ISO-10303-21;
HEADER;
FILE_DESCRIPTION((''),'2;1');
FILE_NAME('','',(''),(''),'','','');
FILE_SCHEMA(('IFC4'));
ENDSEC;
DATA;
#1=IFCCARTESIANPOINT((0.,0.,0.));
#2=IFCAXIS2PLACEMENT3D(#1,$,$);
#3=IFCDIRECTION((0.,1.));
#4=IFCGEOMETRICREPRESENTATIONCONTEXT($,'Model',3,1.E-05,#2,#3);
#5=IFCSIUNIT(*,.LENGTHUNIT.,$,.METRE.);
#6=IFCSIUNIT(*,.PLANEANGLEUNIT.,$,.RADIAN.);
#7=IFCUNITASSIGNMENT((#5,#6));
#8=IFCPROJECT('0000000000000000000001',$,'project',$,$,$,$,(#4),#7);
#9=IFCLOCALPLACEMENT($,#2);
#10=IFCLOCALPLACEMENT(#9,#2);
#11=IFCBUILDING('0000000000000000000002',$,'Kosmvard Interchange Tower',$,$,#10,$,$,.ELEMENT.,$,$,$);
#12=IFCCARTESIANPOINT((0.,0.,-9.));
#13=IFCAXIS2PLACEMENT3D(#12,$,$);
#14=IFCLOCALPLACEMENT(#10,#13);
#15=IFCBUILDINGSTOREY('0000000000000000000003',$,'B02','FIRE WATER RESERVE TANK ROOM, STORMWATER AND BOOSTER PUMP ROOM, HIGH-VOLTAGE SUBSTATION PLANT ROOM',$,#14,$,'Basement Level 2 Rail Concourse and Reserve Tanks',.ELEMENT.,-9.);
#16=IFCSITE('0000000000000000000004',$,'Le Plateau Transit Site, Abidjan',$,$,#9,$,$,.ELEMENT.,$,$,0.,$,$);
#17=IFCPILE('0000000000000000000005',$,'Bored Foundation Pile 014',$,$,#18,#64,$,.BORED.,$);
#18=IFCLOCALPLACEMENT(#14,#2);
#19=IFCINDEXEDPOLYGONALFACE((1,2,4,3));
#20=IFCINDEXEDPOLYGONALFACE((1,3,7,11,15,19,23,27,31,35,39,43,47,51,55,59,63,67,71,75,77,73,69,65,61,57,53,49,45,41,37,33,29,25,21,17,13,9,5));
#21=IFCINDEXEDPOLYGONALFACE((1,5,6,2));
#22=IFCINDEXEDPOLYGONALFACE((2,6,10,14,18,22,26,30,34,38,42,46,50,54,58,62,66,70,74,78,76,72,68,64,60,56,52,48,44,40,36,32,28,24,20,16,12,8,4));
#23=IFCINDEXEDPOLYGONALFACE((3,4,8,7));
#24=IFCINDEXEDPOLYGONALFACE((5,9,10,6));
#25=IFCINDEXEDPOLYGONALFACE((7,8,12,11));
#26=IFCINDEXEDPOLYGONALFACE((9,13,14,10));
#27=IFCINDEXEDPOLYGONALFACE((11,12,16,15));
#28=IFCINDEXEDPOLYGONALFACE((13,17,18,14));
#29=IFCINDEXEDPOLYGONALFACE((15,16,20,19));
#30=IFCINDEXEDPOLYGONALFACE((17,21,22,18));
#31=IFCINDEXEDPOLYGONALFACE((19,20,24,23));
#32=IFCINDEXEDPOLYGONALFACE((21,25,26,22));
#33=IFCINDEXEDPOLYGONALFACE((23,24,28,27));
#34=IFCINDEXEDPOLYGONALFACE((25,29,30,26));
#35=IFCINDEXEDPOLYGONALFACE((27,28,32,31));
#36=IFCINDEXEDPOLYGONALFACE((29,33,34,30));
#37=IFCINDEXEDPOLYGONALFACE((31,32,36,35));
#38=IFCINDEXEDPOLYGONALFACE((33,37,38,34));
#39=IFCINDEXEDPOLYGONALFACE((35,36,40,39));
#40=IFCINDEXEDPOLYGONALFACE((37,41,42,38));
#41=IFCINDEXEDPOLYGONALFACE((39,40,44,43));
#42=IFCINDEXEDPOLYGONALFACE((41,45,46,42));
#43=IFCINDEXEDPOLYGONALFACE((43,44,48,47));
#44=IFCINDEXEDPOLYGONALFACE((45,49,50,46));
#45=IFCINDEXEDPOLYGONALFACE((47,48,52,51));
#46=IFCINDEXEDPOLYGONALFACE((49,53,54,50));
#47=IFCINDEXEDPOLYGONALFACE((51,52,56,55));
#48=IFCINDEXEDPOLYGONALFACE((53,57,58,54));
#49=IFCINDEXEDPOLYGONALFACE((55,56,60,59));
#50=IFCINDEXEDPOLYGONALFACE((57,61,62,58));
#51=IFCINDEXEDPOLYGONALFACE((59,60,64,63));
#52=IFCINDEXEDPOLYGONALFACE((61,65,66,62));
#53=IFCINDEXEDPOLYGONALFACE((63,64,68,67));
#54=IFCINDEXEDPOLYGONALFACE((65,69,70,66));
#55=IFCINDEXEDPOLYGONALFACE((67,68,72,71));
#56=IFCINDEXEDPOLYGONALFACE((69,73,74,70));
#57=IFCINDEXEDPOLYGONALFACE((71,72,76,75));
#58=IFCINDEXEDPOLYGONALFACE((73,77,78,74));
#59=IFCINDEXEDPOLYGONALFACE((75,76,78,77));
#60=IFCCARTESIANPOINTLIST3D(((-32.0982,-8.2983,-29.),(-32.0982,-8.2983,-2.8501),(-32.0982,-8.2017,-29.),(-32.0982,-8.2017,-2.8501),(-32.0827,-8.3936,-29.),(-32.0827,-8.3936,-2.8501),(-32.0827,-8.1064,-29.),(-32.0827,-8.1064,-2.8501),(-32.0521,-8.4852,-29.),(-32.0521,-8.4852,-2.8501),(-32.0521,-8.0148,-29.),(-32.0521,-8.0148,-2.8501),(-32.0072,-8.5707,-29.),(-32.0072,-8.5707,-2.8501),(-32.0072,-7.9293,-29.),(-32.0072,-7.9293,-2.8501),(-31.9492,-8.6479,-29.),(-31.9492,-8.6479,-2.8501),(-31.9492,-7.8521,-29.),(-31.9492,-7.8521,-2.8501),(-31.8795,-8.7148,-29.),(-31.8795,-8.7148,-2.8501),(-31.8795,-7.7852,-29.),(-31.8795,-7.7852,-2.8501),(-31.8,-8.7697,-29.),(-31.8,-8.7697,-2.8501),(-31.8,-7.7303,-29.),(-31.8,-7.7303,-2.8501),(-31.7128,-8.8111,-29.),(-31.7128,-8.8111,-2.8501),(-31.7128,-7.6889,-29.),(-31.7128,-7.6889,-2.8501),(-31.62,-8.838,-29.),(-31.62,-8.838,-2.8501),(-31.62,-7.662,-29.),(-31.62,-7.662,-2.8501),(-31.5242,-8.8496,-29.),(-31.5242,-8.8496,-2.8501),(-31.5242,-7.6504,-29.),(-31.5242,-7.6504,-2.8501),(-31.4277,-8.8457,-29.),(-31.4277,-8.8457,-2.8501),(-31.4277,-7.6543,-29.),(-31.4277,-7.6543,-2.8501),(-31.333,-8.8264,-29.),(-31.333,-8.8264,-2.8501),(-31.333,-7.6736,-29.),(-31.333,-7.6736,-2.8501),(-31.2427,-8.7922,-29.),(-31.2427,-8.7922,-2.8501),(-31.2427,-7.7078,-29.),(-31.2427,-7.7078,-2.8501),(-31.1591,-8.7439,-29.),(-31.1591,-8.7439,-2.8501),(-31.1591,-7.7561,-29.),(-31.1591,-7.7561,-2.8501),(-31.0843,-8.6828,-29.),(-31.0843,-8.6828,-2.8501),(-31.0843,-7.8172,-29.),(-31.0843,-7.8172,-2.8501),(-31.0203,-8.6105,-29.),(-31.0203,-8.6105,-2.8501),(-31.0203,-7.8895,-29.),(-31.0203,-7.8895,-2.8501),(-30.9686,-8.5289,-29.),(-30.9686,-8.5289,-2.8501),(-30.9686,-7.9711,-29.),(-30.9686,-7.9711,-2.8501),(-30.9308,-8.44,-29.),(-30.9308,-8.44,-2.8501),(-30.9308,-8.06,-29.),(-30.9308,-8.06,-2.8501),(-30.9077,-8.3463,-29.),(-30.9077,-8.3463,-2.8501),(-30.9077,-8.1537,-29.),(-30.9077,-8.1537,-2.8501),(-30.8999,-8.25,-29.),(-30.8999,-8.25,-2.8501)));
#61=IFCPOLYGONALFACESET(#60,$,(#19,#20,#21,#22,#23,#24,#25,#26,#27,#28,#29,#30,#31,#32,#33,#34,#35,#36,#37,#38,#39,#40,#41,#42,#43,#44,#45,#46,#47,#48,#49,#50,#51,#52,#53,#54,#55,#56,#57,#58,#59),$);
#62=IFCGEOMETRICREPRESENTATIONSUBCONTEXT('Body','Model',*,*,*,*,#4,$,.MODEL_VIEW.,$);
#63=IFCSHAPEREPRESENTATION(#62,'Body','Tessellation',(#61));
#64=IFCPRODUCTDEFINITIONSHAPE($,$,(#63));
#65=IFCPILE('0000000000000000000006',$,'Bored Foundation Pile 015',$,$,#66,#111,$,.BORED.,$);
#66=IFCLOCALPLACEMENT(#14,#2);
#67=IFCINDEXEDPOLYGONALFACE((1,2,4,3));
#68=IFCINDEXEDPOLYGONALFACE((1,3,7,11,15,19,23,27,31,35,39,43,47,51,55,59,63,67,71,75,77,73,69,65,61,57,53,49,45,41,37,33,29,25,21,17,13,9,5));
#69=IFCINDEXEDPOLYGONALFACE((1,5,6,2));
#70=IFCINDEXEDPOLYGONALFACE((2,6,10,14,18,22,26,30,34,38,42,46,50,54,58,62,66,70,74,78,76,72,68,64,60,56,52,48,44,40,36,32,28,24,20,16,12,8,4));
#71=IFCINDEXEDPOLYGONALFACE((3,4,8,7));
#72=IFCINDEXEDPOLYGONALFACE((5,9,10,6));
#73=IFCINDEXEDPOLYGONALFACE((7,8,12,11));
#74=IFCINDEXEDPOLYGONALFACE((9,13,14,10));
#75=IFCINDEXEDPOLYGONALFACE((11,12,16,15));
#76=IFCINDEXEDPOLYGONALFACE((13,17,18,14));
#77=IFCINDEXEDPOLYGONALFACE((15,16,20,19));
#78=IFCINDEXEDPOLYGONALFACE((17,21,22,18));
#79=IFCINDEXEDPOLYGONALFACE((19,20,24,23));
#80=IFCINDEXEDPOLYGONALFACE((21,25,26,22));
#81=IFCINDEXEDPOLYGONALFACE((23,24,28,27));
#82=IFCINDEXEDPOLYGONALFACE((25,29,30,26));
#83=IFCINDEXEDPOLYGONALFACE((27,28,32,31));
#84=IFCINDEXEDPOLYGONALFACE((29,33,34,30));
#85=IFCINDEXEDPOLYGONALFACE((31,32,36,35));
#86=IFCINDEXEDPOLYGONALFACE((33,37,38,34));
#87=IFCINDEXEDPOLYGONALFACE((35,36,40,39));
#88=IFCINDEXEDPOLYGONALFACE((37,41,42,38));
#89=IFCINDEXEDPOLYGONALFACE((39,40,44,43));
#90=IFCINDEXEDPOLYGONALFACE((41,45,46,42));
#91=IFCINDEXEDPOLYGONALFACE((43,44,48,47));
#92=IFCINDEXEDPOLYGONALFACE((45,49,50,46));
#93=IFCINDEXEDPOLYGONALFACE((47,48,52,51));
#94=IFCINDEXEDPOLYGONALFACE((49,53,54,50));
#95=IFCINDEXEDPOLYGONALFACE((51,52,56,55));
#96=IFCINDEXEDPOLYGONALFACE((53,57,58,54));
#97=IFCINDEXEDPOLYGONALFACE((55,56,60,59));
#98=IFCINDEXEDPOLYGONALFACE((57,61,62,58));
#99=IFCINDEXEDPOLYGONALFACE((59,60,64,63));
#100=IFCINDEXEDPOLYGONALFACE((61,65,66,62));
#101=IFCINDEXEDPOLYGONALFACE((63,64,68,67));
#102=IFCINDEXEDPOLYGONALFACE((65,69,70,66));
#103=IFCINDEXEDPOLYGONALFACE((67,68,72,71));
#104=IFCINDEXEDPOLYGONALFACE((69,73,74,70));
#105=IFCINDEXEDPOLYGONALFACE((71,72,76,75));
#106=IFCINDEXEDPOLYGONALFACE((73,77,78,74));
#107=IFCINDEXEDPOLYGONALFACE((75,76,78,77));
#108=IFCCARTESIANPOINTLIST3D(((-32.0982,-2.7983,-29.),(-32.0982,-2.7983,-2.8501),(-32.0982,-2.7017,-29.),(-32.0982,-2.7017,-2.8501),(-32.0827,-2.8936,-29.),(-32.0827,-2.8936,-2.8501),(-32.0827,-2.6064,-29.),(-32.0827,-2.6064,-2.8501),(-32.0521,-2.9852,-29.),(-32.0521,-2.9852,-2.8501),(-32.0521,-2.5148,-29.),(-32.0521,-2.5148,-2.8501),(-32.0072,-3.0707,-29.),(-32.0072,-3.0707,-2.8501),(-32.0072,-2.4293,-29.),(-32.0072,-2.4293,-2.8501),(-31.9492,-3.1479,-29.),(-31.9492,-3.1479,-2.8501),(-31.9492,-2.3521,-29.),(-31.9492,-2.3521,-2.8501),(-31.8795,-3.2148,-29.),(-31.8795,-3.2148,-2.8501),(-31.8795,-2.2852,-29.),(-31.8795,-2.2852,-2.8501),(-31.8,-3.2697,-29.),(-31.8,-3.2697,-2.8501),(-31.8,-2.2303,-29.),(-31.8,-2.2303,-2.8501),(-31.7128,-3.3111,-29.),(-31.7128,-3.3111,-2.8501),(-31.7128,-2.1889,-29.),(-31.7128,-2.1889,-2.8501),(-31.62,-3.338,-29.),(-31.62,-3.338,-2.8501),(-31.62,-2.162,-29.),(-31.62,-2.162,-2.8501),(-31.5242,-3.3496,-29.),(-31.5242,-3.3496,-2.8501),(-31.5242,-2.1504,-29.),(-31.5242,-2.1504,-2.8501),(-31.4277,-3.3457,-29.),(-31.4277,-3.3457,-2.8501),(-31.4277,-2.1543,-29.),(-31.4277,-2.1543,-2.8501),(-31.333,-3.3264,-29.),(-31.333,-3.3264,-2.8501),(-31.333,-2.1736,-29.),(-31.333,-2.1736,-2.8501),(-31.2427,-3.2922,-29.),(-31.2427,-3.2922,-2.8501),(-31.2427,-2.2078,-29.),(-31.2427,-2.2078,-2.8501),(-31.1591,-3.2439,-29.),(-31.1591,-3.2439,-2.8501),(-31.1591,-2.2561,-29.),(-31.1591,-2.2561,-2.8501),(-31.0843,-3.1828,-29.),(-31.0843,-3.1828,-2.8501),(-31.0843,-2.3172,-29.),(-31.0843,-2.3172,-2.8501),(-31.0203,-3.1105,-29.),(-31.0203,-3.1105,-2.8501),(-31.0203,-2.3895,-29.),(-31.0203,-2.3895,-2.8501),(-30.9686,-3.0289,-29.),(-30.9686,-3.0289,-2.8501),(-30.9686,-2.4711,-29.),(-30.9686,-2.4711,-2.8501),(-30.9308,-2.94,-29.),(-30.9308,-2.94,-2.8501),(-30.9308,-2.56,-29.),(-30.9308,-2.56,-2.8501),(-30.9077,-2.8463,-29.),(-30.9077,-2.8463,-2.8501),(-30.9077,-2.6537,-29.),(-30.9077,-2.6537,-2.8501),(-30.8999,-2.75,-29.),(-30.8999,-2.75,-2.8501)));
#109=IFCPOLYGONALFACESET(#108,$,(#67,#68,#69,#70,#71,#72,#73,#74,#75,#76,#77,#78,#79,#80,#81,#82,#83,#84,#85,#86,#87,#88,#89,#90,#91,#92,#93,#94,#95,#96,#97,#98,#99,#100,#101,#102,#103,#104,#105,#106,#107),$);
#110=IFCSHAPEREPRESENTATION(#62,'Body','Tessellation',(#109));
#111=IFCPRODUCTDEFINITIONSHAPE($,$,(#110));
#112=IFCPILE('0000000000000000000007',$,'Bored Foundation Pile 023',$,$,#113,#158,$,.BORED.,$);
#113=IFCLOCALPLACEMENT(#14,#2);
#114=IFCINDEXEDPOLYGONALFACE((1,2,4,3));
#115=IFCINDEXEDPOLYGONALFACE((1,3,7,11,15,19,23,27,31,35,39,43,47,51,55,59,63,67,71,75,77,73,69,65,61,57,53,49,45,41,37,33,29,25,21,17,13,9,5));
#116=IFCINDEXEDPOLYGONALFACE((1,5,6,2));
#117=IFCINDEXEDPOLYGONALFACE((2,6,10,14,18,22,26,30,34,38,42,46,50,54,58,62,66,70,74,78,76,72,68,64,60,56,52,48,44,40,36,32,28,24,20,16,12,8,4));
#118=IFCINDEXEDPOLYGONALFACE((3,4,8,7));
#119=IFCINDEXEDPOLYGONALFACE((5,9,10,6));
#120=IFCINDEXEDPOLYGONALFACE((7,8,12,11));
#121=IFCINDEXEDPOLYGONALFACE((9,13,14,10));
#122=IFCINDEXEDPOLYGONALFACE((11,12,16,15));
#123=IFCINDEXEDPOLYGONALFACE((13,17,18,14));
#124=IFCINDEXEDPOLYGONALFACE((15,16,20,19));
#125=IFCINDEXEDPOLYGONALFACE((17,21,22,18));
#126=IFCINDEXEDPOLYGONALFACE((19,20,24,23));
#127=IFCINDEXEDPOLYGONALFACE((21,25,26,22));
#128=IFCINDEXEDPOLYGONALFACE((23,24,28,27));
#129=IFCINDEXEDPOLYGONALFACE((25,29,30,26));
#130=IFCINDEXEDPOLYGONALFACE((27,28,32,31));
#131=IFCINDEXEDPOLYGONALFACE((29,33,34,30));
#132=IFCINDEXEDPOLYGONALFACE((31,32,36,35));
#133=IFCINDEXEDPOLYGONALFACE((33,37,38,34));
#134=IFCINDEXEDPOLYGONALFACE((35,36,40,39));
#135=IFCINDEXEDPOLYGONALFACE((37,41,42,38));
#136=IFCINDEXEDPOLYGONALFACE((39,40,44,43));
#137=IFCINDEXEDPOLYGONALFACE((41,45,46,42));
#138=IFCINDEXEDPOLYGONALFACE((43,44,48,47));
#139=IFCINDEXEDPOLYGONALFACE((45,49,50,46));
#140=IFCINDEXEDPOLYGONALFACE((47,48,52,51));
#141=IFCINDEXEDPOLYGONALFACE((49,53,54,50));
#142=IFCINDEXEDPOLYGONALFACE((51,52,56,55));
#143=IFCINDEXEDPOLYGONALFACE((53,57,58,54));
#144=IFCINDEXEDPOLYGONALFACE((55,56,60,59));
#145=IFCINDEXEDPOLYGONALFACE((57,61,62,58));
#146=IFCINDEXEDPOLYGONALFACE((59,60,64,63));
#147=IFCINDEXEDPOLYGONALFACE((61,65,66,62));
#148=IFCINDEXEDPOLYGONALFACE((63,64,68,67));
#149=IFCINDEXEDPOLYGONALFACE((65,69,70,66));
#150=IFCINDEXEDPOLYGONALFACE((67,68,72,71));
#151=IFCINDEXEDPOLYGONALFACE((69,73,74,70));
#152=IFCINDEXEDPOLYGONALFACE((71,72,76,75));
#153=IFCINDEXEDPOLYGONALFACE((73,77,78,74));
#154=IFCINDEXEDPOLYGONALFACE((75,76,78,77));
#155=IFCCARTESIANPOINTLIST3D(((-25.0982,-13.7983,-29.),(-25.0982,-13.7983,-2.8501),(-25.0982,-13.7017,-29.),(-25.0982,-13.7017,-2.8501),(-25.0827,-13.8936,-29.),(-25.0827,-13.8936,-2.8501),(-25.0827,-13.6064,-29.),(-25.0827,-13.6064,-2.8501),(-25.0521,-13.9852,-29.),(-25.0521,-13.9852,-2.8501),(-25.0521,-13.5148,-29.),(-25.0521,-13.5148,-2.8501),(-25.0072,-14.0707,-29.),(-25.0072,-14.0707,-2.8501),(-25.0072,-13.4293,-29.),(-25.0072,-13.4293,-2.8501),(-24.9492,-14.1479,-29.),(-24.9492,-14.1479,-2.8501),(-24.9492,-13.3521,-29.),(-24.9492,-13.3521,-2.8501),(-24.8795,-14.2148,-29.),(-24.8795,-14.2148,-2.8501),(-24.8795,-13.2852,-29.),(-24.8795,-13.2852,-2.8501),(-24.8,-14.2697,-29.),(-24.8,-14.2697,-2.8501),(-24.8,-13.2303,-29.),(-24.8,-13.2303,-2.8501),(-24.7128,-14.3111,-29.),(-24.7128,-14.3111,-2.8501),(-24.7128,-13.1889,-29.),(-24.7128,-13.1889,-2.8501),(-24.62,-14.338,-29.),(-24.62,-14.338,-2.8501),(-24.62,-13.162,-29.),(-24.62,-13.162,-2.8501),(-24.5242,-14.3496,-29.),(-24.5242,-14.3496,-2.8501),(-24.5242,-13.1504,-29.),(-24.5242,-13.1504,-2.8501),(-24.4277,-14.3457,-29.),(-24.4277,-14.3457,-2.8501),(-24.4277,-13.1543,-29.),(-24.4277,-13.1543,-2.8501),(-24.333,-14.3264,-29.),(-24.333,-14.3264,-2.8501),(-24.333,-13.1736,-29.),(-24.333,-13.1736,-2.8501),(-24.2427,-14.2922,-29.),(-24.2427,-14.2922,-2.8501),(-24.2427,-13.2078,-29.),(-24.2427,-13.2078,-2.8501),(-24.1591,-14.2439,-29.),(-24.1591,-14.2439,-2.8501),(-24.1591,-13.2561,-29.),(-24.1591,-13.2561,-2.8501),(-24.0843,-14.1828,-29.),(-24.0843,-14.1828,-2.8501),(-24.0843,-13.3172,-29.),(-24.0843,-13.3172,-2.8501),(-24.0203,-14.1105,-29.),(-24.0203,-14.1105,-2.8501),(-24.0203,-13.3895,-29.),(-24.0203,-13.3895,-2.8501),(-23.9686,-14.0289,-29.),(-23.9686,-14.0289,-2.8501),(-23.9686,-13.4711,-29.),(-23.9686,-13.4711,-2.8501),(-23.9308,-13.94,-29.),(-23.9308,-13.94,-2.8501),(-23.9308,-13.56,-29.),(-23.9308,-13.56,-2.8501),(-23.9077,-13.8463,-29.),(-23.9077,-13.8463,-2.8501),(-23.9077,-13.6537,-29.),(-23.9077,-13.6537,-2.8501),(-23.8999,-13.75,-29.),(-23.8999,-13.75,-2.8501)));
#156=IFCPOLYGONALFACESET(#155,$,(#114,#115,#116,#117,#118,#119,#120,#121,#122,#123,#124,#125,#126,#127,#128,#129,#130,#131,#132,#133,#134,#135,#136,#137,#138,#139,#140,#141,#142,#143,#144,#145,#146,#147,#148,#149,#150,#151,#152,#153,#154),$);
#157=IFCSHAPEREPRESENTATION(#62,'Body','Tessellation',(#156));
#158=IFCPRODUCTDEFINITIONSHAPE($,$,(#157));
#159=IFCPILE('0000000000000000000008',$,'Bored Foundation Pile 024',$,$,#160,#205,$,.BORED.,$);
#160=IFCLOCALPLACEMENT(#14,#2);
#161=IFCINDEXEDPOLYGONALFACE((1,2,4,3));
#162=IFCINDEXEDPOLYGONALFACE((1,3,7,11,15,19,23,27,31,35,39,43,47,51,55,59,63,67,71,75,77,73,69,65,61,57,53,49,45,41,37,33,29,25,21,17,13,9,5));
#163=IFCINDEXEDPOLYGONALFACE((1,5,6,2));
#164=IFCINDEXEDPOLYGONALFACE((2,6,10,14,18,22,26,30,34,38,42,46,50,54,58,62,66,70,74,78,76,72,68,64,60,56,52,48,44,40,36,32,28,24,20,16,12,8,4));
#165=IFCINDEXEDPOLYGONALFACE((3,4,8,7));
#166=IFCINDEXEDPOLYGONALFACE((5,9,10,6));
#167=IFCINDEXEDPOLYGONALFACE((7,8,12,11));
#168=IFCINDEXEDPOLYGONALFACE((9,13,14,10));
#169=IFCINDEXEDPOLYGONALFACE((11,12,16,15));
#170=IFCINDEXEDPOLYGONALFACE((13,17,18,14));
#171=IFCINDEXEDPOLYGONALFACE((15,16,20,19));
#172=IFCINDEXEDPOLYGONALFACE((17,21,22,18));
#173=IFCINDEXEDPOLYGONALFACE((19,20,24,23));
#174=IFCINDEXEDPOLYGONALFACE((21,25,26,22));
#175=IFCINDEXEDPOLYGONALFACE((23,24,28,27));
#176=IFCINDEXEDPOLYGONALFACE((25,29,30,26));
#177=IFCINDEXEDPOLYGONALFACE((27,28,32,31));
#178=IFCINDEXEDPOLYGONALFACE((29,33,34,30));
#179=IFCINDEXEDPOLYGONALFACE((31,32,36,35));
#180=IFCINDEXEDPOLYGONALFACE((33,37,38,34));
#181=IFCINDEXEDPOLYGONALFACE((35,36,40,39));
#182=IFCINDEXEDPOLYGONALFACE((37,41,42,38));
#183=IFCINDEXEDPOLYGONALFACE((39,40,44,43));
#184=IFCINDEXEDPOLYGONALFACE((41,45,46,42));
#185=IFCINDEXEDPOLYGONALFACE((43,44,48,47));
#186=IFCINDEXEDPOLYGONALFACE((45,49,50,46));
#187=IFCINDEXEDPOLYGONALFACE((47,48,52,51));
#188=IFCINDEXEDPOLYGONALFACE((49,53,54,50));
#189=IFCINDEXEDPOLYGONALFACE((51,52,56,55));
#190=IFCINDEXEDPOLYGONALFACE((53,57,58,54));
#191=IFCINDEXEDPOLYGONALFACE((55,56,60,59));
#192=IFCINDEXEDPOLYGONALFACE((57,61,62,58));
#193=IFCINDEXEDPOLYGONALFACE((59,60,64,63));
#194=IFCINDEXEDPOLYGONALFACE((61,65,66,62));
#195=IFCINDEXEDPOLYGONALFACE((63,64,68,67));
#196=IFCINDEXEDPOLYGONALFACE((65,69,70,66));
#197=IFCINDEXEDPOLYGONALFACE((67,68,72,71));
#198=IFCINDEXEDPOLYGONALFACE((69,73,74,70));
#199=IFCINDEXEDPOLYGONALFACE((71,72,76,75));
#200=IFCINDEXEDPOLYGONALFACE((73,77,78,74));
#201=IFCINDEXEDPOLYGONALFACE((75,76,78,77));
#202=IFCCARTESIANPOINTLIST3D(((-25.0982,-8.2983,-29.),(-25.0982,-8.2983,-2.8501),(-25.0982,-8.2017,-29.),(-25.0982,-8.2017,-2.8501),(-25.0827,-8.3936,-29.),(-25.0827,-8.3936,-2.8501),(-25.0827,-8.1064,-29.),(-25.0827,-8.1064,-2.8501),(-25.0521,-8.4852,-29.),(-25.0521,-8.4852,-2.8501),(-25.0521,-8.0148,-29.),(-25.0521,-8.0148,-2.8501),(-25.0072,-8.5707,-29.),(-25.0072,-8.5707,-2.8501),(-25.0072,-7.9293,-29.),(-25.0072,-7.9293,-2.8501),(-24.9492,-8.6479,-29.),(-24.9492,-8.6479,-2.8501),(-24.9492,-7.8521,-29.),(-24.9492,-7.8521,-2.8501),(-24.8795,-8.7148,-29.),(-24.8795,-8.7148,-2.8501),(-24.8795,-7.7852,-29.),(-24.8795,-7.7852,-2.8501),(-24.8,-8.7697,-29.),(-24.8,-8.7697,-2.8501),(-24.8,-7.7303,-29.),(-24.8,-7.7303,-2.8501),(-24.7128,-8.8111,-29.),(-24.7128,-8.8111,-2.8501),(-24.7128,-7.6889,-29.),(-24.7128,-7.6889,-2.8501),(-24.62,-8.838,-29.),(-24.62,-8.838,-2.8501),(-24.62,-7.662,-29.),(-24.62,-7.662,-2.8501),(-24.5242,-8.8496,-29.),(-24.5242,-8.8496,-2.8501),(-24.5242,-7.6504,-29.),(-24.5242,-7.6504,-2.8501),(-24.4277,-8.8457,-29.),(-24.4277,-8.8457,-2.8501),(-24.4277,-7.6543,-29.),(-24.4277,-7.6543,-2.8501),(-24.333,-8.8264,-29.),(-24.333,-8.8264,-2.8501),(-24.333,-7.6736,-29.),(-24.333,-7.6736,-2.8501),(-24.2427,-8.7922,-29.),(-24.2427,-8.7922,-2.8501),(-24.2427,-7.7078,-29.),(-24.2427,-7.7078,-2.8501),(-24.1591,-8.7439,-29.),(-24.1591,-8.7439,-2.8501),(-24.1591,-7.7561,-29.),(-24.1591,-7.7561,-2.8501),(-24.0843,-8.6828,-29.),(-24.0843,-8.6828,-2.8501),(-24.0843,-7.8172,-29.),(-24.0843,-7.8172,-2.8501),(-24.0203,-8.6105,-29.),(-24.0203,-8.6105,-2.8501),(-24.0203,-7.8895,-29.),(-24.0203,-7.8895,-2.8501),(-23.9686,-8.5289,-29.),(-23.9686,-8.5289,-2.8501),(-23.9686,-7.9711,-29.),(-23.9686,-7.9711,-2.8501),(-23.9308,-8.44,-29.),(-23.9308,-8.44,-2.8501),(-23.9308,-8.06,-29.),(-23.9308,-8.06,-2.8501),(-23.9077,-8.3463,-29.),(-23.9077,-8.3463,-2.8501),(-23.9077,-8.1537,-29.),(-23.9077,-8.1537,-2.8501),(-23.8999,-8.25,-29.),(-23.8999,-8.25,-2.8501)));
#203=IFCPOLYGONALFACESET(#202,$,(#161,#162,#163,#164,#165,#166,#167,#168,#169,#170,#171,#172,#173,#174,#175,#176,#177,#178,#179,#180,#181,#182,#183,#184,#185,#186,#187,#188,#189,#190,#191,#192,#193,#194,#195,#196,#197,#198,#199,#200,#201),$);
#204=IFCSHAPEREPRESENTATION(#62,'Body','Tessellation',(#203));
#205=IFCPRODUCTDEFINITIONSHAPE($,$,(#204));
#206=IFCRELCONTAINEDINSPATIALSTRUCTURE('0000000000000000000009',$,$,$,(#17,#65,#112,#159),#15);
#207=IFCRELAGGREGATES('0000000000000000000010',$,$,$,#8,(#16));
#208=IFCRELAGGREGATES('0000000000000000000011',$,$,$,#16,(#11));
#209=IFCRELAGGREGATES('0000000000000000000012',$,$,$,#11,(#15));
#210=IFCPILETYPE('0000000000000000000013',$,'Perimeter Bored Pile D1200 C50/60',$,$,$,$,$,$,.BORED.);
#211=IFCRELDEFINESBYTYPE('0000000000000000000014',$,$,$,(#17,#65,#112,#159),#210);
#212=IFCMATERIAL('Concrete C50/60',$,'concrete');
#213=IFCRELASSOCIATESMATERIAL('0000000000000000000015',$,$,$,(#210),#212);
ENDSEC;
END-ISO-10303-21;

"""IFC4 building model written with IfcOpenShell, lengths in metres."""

from ifc_helpers import new_model, si_unit, direction, frame, origin, origin_2d, place, context, subcontext, project, spatial, circle, extrude, source, transform, mapped, material, material_profile, profile_set, type_object, element, save


model = new_model("IFC4")

# Units and contexts
model_context = context("Model", 3, precision=1e-05, world=origin(), true_north=direction((0.0, 1.0)))
body_context = subcontext(model_context, "Body", "Model", "MODEL_VIEW")
ifc_project = project(units=[si_unit("LENGTHUNIT", "METRE"), si_unit("PLANEANGLEUNIT", "RADIAN")], contexts=[model_context])

# Site, building, storey
site_placement = place(None, origin())
site = spatial("IfcSite", under=ifc_project, at=site_placement, Name="Le Plateau Transit Site, Abidjan", CompositionType="ELEMENT", RefElevation=0.0)
building_placement = place(site_placement, origin())
building = spatial("IfcBuilding", under=site, at=building_placement, Name="Kosmvard Interchange Tower", CompositionType="ELEMENT")
storey_placement = place(building_placement, frame((0.0, 0.0, -9.0)))
storey = spatial("IfcBuildingStorey", under=building, at=storey_placement, Name="B02", Description="FIRE WATER RESERVE TANK ROOM, STORMWATER AND BOOSTER PUMP ROOM, HIGH-VOLTAGE SUBSTATION PLANT ROOM", LongName="Basement Level 2 Rail Concourse and Reserve Tanks", CompositionType="ELEMENT", Elevation=-9.0)

# Piles
ifc_material_1 = material(Name="Concrete C50/60", Category="concrete")
ifc_material_profile_1 = material_profile(ifc_material_1, circle(Radius=0.6001, at=origin_2d()), Name="PILE D1200")
ifc_profile_set_1 = profile_set([ifc_material_profile_1], Name="Concrete C50/60")
pile_type = type_object("IfcPileType", Name="Perimeter Bored Pile D1200 C50/60", PredefinedType="BORED", material=ifc_profile_set_1)
shared_shape_1 = source(origin(), body_context, "Body", "SweptSolid", [
    extrude(circle(Radius=0.6001, at=origin_2d()), origin(), (0.0, 0.0, 1.0), 26.1499),
])
for number, where, z_axis, x_axis, name in (
    (1, (-31.5, -8.25, -2.8501), (0.0, 0.0, -1.0), (1.0, 0.0, 0.0), "Bored Foundation Pile 014"),
    (2, (-31.5, -2.75, -2.8501), (0.0, 0.0, -1.0), (1.0, 0.0, 0.0), "Bored Foundation Pile 015"),
    (3, (-24.5, -13.75, -2.8501), (0.0, 0.0, -1.0), (1.0, 0.0, 0.0), "Bored Foundation Pile 023"),
    (4, (-24.5, -8.25, -2.8501), (0.0, 0.0, -1.0), (1.0, 0.0, 0.0), "Bored Foundation Pile 024"),
):
    element("IfcPile", number, at=place(storey_placement, frame(where, z_axis=z_axis, x_axis=x_axis)), inside=storey, type_object=pile_type, Name=name, PredefinedType="BORED", context=body_context, shape_type="MappedRepresentation", body=[
        mapped(shared_shape_1, transform((0.0, 0.0, 0.0), scale=1.0)),
    ])

save(model, "model.ifc")
